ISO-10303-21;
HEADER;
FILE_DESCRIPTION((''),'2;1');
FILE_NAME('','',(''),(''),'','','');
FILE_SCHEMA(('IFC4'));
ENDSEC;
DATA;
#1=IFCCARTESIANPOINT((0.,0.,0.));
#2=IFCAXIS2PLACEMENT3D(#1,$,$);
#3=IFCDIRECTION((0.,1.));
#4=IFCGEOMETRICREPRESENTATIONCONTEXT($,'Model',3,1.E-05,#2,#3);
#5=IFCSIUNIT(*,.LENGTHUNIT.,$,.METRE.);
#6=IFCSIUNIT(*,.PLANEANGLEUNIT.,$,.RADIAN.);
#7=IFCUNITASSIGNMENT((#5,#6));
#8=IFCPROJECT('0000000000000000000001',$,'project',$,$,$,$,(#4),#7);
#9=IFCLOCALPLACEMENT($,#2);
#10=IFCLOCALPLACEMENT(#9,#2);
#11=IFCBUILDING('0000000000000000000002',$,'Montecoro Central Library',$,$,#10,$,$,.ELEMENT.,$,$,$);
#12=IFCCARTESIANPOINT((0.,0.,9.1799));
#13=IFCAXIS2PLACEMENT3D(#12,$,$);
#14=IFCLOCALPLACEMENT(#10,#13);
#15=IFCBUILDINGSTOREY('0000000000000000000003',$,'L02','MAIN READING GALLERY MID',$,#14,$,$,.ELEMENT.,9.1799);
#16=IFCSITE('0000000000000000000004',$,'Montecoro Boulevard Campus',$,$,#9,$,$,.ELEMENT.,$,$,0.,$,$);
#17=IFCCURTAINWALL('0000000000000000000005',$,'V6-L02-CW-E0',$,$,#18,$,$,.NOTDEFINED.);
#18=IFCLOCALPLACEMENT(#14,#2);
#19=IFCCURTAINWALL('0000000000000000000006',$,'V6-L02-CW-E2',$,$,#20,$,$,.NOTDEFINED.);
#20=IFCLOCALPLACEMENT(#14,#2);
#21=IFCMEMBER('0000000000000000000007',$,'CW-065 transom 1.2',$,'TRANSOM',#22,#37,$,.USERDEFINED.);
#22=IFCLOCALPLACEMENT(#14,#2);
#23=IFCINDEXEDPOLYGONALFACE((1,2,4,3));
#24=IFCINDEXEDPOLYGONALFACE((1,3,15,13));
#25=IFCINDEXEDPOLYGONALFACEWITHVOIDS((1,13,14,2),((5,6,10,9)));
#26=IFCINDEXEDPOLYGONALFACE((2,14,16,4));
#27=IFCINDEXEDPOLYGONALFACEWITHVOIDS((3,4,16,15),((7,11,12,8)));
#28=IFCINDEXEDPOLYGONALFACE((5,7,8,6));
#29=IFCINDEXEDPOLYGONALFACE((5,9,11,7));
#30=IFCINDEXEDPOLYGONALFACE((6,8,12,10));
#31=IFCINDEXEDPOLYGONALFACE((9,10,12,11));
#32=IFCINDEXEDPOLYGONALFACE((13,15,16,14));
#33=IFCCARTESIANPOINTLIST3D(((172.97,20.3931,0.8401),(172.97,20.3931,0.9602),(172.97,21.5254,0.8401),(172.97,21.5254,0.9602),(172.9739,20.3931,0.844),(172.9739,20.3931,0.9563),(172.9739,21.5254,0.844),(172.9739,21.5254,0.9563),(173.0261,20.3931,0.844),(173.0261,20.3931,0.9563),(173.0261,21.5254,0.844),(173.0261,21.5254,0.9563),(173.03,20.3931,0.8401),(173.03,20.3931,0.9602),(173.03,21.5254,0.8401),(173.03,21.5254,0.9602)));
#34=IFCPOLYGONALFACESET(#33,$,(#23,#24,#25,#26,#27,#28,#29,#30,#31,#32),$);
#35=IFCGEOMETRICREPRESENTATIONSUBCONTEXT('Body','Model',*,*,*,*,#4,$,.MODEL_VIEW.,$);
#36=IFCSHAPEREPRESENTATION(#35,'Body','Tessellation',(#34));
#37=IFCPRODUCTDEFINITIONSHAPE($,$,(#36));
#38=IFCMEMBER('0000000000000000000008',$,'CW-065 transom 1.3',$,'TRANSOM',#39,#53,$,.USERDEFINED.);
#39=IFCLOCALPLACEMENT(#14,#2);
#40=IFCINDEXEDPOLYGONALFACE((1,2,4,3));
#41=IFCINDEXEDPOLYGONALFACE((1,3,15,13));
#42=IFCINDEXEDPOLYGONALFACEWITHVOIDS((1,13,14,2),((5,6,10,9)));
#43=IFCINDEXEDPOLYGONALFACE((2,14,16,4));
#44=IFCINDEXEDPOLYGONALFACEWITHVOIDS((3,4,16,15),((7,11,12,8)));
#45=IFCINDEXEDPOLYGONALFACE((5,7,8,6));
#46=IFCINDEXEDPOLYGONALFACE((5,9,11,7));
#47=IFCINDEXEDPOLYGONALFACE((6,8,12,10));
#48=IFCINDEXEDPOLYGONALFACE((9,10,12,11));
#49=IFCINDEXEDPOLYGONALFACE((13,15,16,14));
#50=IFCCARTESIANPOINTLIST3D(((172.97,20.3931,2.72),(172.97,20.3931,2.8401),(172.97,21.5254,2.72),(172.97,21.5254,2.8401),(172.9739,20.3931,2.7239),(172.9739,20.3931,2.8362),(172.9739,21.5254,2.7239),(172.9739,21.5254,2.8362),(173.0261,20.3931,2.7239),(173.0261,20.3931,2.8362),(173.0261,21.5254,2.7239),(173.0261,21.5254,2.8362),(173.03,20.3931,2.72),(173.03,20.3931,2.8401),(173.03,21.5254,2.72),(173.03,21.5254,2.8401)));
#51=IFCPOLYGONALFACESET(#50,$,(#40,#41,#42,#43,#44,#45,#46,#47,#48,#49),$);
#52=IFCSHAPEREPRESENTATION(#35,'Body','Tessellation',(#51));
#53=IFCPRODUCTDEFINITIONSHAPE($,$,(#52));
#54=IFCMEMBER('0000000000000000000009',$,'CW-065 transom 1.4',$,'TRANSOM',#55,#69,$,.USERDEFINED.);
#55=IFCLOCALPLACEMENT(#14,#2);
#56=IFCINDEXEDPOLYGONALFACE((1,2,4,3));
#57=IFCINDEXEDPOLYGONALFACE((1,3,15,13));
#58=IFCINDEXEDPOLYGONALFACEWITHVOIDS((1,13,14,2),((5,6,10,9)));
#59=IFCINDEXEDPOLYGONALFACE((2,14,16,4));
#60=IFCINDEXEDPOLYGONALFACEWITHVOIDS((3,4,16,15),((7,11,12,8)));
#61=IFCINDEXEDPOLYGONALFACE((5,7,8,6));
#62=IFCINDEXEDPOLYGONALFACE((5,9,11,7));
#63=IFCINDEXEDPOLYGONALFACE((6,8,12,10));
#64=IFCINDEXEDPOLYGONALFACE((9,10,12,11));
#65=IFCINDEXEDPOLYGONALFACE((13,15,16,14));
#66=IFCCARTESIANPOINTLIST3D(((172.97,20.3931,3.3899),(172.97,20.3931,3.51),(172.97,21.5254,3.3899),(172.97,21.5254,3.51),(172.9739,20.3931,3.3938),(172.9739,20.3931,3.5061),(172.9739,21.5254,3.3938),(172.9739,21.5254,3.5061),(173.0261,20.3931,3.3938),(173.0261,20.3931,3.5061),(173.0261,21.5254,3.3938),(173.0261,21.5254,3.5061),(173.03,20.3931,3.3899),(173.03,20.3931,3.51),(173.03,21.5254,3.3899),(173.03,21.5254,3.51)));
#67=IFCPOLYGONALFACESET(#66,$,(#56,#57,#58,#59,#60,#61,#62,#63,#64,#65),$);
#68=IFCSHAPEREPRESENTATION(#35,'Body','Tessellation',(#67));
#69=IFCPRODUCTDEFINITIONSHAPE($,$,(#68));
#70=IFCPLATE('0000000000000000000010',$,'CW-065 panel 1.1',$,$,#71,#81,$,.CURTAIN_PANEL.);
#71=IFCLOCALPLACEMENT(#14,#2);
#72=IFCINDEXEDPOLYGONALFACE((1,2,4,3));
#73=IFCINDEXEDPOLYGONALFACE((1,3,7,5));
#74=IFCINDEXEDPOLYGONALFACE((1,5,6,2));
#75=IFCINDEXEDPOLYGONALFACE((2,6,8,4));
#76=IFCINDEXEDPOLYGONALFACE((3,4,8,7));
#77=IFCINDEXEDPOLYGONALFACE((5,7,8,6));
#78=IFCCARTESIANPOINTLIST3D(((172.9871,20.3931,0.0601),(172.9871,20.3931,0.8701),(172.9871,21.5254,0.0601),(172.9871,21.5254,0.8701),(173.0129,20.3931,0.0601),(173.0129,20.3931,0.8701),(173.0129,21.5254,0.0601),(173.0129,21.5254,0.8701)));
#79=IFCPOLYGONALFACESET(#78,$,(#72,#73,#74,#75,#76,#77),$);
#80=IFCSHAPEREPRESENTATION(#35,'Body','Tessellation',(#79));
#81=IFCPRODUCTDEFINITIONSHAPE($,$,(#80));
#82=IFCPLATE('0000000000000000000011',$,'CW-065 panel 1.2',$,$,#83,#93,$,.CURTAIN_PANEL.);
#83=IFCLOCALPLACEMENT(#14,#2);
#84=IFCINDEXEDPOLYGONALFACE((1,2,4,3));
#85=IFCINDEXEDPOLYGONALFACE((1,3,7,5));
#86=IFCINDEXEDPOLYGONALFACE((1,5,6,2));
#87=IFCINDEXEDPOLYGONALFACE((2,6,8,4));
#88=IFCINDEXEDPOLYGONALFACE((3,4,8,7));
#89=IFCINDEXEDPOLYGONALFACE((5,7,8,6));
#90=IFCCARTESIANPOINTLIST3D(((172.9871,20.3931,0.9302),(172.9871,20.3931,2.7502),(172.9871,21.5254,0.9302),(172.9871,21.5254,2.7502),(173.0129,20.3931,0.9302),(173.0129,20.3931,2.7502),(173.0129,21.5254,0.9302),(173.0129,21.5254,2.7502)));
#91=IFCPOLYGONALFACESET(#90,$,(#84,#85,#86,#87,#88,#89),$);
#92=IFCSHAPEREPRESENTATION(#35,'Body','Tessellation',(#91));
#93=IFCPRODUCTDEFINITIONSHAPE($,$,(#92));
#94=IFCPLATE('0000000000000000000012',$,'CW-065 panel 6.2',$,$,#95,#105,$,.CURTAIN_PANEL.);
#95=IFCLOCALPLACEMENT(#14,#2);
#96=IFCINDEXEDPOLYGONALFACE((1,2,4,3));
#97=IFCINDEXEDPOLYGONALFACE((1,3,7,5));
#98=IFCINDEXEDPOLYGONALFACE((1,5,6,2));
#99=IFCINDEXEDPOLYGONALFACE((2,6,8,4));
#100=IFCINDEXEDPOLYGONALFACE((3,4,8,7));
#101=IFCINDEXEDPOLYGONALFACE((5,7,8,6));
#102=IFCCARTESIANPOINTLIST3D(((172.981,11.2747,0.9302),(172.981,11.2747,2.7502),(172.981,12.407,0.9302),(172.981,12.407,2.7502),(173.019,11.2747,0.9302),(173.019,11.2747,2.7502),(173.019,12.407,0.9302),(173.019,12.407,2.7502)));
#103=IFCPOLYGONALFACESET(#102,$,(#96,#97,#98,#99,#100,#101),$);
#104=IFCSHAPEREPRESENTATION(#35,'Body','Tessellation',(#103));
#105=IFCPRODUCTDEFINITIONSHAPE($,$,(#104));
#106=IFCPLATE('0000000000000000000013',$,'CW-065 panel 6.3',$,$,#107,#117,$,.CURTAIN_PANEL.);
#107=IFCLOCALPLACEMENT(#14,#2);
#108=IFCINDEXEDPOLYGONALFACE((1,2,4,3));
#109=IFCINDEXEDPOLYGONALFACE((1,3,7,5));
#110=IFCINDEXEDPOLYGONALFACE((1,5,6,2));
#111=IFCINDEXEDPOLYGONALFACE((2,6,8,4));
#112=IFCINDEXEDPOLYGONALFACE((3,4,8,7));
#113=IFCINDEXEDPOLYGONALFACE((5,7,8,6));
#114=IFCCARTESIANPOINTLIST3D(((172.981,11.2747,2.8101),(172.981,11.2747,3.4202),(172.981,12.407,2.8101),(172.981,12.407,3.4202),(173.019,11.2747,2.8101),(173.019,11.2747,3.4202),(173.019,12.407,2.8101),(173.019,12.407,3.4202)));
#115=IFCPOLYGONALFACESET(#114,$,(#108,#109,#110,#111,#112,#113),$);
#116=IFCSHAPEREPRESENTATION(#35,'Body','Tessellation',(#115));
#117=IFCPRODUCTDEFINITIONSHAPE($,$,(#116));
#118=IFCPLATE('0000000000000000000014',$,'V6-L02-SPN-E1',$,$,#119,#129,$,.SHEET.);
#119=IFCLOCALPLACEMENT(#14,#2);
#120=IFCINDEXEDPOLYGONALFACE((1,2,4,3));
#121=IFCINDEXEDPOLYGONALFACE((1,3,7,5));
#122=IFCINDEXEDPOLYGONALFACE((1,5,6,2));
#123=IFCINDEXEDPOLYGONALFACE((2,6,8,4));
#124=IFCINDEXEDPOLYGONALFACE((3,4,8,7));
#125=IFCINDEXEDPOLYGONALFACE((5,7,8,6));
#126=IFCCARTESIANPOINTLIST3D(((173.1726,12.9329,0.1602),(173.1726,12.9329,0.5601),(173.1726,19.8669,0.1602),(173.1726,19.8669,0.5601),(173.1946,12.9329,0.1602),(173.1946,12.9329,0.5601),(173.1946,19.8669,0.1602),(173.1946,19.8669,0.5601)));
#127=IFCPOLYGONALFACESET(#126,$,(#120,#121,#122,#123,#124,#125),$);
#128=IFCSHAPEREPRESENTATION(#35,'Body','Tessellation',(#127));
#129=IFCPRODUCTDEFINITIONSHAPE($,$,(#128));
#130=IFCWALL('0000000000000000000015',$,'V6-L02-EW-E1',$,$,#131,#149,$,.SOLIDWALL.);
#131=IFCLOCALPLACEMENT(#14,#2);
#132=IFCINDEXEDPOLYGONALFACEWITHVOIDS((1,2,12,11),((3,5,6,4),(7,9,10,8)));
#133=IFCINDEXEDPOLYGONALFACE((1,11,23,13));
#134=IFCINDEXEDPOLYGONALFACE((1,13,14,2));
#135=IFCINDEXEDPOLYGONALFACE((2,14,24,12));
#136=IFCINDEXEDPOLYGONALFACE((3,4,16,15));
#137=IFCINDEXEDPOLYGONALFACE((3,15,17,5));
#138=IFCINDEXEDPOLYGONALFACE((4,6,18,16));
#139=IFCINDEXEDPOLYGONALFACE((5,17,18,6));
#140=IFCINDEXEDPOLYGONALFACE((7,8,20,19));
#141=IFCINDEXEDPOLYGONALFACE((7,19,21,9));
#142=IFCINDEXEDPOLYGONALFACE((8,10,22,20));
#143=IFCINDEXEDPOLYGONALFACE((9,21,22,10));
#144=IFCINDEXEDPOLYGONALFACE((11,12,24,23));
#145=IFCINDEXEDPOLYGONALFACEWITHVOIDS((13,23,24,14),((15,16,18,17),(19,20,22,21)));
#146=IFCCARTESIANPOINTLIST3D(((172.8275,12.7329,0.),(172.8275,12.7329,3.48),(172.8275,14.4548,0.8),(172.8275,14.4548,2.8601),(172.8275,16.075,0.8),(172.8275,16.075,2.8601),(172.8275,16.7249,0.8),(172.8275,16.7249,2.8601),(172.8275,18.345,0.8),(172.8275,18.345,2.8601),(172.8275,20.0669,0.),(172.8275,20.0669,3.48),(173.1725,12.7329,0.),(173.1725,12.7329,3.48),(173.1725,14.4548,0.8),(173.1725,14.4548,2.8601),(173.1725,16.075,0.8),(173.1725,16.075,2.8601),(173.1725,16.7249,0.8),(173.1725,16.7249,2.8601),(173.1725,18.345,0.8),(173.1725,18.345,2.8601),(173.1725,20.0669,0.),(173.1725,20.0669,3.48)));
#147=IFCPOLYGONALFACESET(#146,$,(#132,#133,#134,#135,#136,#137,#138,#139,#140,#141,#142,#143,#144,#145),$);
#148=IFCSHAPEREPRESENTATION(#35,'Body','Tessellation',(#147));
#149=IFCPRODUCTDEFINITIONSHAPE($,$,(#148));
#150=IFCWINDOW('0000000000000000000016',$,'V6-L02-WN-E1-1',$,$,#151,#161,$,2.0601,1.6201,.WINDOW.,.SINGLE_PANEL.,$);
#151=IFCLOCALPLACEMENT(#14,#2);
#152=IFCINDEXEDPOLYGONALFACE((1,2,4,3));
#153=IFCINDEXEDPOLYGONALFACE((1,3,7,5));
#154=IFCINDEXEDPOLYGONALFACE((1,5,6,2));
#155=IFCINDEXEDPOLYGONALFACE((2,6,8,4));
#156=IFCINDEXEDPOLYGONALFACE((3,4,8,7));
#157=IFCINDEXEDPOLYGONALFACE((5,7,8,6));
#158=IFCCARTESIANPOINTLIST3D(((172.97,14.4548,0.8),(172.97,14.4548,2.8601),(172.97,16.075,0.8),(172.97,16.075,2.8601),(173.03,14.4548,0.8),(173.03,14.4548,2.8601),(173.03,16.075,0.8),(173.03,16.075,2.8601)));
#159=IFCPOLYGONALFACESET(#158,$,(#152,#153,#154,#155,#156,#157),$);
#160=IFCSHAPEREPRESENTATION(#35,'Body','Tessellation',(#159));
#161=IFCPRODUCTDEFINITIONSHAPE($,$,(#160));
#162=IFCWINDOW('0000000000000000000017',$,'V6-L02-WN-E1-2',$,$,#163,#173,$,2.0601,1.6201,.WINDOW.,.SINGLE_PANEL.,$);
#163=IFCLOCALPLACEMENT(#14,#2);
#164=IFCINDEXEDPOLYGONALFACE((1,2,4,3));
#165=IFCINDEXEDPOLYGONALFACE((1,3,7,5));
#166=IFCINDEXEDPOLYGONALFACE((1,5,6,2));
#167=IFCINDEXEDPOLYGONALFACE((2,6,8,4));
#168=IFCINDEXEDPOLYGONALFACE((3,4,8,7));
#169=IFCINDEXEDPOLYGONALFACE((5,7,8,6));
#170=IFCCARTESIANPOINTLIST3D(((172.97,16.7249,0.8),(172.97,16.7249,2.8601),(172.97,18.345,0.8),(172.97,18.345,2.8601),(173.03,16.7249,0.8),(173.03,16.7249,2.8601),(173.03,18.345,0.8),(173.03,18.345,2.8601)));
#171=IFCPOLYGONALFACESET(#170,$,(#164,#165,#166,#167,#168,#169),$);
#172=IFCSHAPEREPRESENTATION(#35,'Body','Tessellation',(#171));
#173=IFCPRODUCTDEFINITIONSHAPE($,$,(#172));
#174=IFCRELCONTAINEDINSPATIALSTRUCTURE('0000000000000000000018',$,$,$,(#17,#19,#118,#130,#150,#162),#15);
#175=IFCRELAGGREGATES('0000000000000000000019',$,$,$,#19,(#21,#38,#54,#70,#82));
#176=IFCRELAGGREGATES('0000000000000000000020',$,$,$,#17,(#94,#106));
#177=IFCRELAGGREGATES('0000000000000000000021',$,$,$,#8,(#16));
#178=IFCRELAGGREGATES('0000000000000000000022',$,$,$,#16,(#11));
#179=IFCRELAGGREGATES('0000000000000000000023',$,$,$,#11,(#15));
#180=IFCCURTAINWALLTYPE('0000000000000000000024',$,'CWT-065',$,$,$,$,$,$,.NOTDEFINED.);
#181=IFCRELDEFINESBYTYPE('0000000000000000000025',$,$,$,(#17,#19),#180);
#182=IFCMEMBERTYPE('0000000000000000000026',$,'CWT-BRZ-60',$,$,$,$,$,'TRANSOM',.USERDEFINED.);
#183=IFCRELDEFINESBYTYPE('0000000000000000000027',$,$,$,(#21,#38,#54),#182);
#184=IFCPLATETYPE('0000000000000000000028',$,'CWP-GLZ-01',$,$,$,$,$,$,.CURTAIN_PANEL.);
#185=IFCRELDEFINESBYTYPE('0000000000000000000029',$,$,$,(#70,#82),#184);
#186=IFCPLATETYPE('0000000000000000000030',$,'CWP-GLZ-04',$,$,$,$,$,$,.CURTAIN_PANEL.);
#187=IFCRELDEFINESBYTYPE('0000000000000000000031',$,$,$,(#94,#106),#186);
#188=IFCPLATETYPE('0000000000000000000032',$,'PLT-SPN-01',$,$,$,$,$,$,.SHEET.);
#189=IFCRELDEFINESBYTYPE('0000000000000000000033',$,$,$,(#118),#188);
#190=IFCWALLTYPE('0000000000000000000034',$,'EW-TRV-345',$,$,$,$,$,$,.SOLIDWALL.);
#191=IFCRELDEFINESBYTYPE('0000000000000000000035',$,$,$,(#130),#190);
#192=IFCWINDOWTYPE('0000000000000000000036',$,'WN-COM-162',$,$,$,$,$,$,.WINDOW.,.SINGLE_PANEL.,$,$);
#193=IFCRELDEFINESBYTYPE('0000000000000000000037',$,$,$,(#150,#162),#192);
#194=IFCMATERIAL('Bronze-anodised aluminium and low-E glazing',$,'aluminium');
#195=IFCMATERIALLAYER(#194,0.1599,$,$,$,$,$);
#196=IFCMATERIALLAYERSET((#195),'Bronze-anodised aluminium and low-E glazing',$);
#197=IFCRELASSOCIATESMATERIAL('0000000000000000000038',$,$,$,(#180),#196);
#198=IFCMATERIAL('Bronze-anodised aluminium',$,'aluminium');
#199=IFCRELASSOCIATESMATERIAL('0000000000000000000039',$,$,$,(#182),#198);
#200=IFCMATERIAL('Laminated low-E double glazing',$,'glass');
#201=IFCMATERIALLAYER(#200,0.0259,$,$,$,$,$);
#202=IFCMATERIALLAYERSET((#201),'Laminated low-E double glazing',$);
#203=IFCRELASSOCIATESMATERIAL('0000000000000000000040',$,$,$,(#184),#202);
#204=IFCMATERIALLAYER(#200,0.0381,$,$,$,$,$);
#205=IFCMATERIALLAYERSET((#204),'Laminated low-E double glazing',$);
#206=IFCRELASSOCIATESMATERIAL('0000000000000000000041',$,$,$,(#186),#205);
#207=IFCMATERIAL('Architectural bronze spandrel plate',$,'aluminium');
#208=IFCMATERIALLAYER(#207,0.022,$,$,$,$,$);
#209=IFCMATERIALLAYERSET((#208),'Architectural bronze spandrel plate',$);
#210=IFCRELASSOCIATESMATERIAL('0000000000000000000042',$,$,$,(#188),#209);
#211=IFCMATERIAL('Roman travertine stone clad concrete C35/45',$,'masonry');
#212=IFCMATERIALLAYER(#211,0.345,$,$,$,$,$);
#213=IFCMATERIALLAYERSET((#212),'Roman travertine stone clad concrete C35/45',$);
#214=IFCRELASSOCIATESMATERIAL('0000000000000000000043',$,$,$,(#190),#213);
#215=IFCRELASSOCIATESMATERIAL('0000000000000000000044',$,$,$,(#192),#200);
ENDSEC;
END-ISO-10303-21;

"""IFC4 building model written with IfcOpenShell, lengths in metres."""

from ifc_helpers import new_model, si_unit, direction, frame, frame_2d, origin, origin_2d, place, context, subcontext, project, spatial, rectangle, hollow_rectangle, extrude, material, layer, layer_set, material_profile, profile_set, type_object, element, fill, aggregate, save


model = new_model("IFC4")

# Units and contexts
model_context = context("Model", 3, precision=1e-05, world=origin(), true_north=direction((0.0, 1.0)))
body_context = subcontext(model_context, "Body", "Model", "MODEL_VIEW")
ifc_project = project(units=[si_unit("LENGTHUNIT", "METRE"), si_unit("PLANEANGLEUNIT", "RADIAN")], contexts=[model_context])

# Site, building, storey
site_placement = place(None, origin())
site = spatial("IfcSite", under=ifc_project, at=site_placement, Name="Montecoro Boulevard Campus", CompositionType="ELEMENT", RefElevation=0.0)
building_placement = place(site_placement, origin())
building = spatial("IfcBuilding", under=site, at=building_placement, Name="Montecoro Central Library", CompositionType="ELEMENT")
storey_placement = place(building_placement, frame((0.0, 0.0, 9.1799)))
storey = spatial("IfcBuildingStorey", under=building, at=storey_placement, Name="L02", Description="MAIN READING GALLERY MID", CompositionType="ELEMENT", Elevation=9.1799)

# Curtain wall
ifc_material_1 = material(Name="Bronze-anodised aluminium and low-E glazing", Category="aluminium")
ifc_layer_1 = layer(ifc_material_1, 0.1599)
ifc_layer_set_1 = layer_set([ifc_layer_1], Name="Bronze-anodised aluminium and low-E glazing")
curtain_wall_type = type_object("IfcCurtainWallType", Name="CWT-065", PredefinedType="NOTDEFINED", material=ifc_layer_set_1)
curtain_wall_1_placement = place(storey_placement, origin())
curtain_wall_1 = element("IfcCurtainWall", 1, at=curtain_wall_1_placement, inside=storey, type_object=curtain_wall_type, Name="V6-L02-CW-E0", PredefinedType="NOTDEFINED")
ifc_material_2 = material(Name="Bronze-anodised aluminium", Category="aluminium")

# Curtain wall, members, plates
curtain_wall_2_placement = place(storey_placement, origin())
curtain_wall_2 = element("IfcCurtainWall", 2, at=curtain_wall_2_placement, inside=storey, type_object=curtain_wall_type, Name="V6-L02-CW-E2", PredefinedType="NOTDEFINED")
ifc_material_profile_1 = material_profile(ifc_material_2, hollow_rectangle(XDim=0.0601, YDim=0.1201, WallThickness=0.0039, at=origin_2d()), Name="CWT 120x60x4.0")
ifc_profile_set_1 = profile_set([ifc_material_profile_1], Name="Bronze-anodised aluminium")
member_type_1 = type_object("IfcMemberType", Name="CWT-BRZ-60", ElementType="TRANSOM", PredefinedType="USERDEFINED", material=ifc_profile_set_1)
member_1_placement = place(storey_placement, frame((173.0, 20.3931, 0.9001), z_axis=(0.0, 1.0, 0.0), x_axis=(-1.0, 0.0, 0.0)))
member_1 = element("IfcMember", 3, at=member_1_placement, type_object=member_type_1, Name="CW-065 transom 1.2", ObjectType="TRANSOM", PredefinedType="USERDEFINED", context=body_context, shape_type="SweptSolid", body=[
    extrude(hollow_rectangle(XDim=0.0601, YDim=0.1201, WallThickness=0.0039, at=origin_2d()), origin(), (0.0, 0.0, 1.0), 1.1323),
])
member_2_placement = place(storey_placement, frame((173.0, 20.3931, 2.78), z_axis=(0.0, 1.0, 0.0), x_axis=(-1.0, 0.0, 0.0)))
member_2 = element("IfcMember", 4, at=member_2_placement, type_object=member_type_1, Name="CW-065 transom 1.3", ObjectType="TRANSOM", PredefinedType="USERDEFINED", context=body_context, shape_type="SweptSolid", body=[
    extrude(hollow_rectangle(XDim=0.0601, YDim=0.1201, WallThickness=0.0039, at=origin_2d()), origin(), (0.0, 0.0, 1.0), 1.1323),
])
member_3_placement = place(storey_placement, frame((173.0, 20.3931, 3.45), z_axis=(0.0, 1.0, 0.0), x_axis=(-1.0, 0.0, 0.0)))
member_3 = element("IfcMember", 5, at=member_3_placement, type_object=member_type_1, Name="CW-065 transom 1.4", ObjectType="TRANSOM", PredefinedType="USERDEFINED", context=body_context, shape_type="SweptSolid", body=[
    extrude(hollow_rectangle(XDim=0.0601, YDim=0.1201, WallThickness=0.0039, at=origin_2d()), origin(), (0.0, 0.0, 1.0), 1.1323),
])
ifc_material_3 = material(Name="Laminated low-E double glazing", Category="glass")
ifc_layer_2 = layer(ifc_material_3, 0.0259)
ifc_layer_set_2 = layer_set([ifc_layer_2], Name="Laminated low-E double glazing")
plate_type_1 = type_object("IfcPlateType", Name="CWP-GLZ-01", PredefinedType="CURTAIN_PANEL", material=ifc_layer_set_2)
plate_1_placement = place(storey_placement, frame((173.0, 20.9592, 0.0601), z_axis=(0.0, 0.0, 1.0), x_axis=(0.0, 1.0, 0.0)))
plate_1 = element("IfcPlate", 6, at=plate_1_placement, type_object=plate_type_1, Name="CW-065 panel 1.1", PredefinedType="CURTAIN_PANEL", context=body_context, shape_type="SweptSolid", body=[
    extrude(rectangle(XDim=1.1323, YDim=0.0259, at=origin_2d()), origin(), (0.0, 0.0, 1.0), 0.8101),
])
plate_2_placement = place(storey_placement, frame((173.0, 20.9592, 0.9302), z_axis=(0.0, 0.0, 1.0), x_axis=(0.0, 1.0, 0.0)))
plate_2 = element("IfcPlate", 7, at=plate_2_placement, type_object=plate_type_1, Name="CW-065 panel 1.2", PredefinedType="CURTAIN_PANEL", context=body_context, shape_type="SweptSolid", body=[
    extrude(rectangle(XDim=1.1323, YDim=0.0259, at=origin_2d()), origin(), (0.0, 0.0, 1.0), 1.8201),
])
aggregate(curtain_wall_2, [member_1, member_2, member_3, plate_1, plate_2])

# Plates
ifc_layer_3 = layer(ifc_material_3, 0.0381)
ifc_layer_set_3 = layer_set([ifc_layer_3], Name="Laminated low-E double glazing")
plate_type_2 = type_object("IfcPlateType", Name="CWP-GLZ-04", PredefinedType="CURTAIN_PANEL", material=ifc_layer_set_3)
plate_3_placement = place(storey_placement, frame((173.0, 11.8408, 0.9302), z_axis=(0.0, 0.0, 1.0), x_axis=(0.0, 1.0, 0.0)))
plate_3 = element("IfcPlate", 8, at=plate_3_placement, type_object=plate_type_2, Name="CW-065 panel 6.2", PredefinedType="CURTAIN_PANEL", context=body_context, shape_type="SweptSolid", body=[
    extrude(rectangle(XDim=1.1323, YDim=0.0381, at=origin_2d()), origin(), (0.0, 0.0, 1.0), 1.8201),
])
plate_4_placement = place(storey_placement, frame((173.0, 11.8408, 2.8101), z_axis=(0.0, 0.0, 1.0), x_axis=(0.0, 1.0, 0.0)))
plate_4 = element("IfcPlate", 9, at=plate_4_placement, type_object=plate_type_2, Name="CW-065 panel 6.3", PredefinedType="CURTAIN_PANEL", context=body_context, shape_type="SweptSolid", body=[
    extrude(rectangle(XDim=1.1323, YDim=0.0381, at=origin_2d()), origin(), (0.0, 0.0, 1.0), 0.6101),
])
aggregate(curtain_wall_1, [plate_3, plate_4])
ifc_material_4 = material(Name="Architectural bronze spandrel plate", Category="aluminium")
ifc_layer_4 = layer(ifc_material_4, 0.022)
ifc_layer_set_4 = layer_set([ifc_layer_4], Name="Architectural bronze spandrel plate")
plate_type_3 = type_object("IfcPlateType", Name="PLT-SPN-01", PredefinedType="SHEET", material=ifc_layer_set_4)
plate_5_placement = place(storey_placement, frame((173.1836, 16.3999, 0.1602), z_axis=(0.0, 0.0, 1.0), x_axis=(0.0, 1.0, 0.0)))
element("IfcPlate", 10, at=plate_5_placement, inside=storey, type_object=plate_type_3, Name="V6-L02-SPN-E1", PredefinedType="SHEET", context=body_context, shape_type="SweptSolid", body=[
    extrude(rectangle(XDim=6.9341, YDim=0.022, at=origin_2d()), origin(), (0.0, 0.0, 1.0), 0.3999),
])

# Wall, openings, windows
ifc_material_5 = material(Name="Roman travertine stone clad concrete C35/45", Category="masonry")
ifc_layer_5 = layer(ifc_material_5, 0.345)
ifc_layer_set_5 = layer_set([ifc_layer_5], Name="Roman travertine stone clad concrete C35/45")
wall_type = type_object("IfcWallType", Name="EW-TRV-345", PredefinedType="SOLIDWALL", material=ifc_layer_set_5)
wall_placement = place(storey_placement, frame((173.0, 12.7329, 0.0), z_axis=(0.0, 0.0, 1.0), x_axis=(0.0, 1.0, 0.0)))
wall = element("IfcWall", 11, at=wall_placement, inside=storey, type_object=wall_type, Name="V6-L02-EW-E1", PredefinedType="SOLIDWALL", context=body_context, shape_type="SweptSolid", body=[
    extrude(rectangle(XDim=7.334, YDim=0.345, at=frame_2d((3.667, 0.0))), origin(), (0.0, 0.0, 1.0), 3.48),
])
opening_1_placement = place(wall_placement, frame((1.7219, 0.0, 0.8)))
opening_1 = element("IfcOpeningElement", 12, at=opening_1_placement, cuts=wall, PredefinedType="OPENING", context=body_context, shape_type="SweptSolid", body=[
    extrude(rectangle(XDim=1.6201, YDim=2.0601, at=frame_2d((0.8101, 1.03))), frame((0.0, 0.1824, 0.0), z_axis=(0.0, -1.0, 0.0), x_axis=(1.0, 0.0, 0.0)), (0.0, 0.0, 1.0), 0.365),
])
opening_2_placement = place(wall_placement, frame((3.9919, 0.0, 0.8)))
opening_2 = element("IfcOpeningElement", 13, at=opening_2_placement, cuts=wall, PredefinedType="OPENING", context=body_context, shape_type="SweptSolid", body=[
    extrude(rectangle(XDim=1.6201, YDim=2.0601, at=frame_2d((0.8101, 1.03))), frame((0.0, 0.1824, 0.0), z_axis=(0.0, -1.0, 0.0), x_axis=(1.0, 0.0, 0.0)), (0.0, 0.0, 1.0), 0.365),
])
window_type = type_object("IfcWindowType", Name="WN-COM-162", PartitioningType="SINGLE_PANEL", PredefinedType="WINDOW", material=ifc_material_3)
window_1_placement = place(opening_1_placement, origin())
window_1 = element("IfcWindow", 14, at=window_1_placement, inside=storey, type_object=window_type, Name="V6-L02-WN-E1-1", OverallHeight=2.0601, OverallWidth=1.6201, PartitioningType="SINGLE_PANEL", PredefinedType="WINDOW", context=body_context, shape_type="SweptSolid", body=[
    extrude(rectangle(XDim=1.6201, YDim=2.0601, at=frame_2d((0.8101, 1.03))), frame((0.0, 0.03, 0.0), z_axis=(0.0, -1.0, 0.0), x_axis=(1.0, 0.0, 0.0)), (0.0, 0.0, 1.0), 0.0601),
])
fill(opening_1, window_1)
window_2_placement = place(opening_2_placement, origin())
window_2 = element("IfcWindow", 15, at=window_2_placement, inside=storey, type_object=window_type, Name="V6-L02-WN-E1-2", OverallHeight=2.0601, OverallWidth=1.6201, PartitioningType="SINGLE_PANEL", PredefinedType="WINDOW", context=body_context, shape_type="SweptSolid", body=[
    extrude(rectangle(XDim=1.6201, YDim=2.0601, at=frame_2d((0.8101, 1.03))), frame((0.0, 0.03, 0.0), z_axis=(0.0, -1.0, 0.0), x_axis=(1.0, 0.0, 0.0)), (0.0, 0.0, 1.0), 0.0601),
])
fill(opening_2, window_2)

save(model, "model.ifc")
